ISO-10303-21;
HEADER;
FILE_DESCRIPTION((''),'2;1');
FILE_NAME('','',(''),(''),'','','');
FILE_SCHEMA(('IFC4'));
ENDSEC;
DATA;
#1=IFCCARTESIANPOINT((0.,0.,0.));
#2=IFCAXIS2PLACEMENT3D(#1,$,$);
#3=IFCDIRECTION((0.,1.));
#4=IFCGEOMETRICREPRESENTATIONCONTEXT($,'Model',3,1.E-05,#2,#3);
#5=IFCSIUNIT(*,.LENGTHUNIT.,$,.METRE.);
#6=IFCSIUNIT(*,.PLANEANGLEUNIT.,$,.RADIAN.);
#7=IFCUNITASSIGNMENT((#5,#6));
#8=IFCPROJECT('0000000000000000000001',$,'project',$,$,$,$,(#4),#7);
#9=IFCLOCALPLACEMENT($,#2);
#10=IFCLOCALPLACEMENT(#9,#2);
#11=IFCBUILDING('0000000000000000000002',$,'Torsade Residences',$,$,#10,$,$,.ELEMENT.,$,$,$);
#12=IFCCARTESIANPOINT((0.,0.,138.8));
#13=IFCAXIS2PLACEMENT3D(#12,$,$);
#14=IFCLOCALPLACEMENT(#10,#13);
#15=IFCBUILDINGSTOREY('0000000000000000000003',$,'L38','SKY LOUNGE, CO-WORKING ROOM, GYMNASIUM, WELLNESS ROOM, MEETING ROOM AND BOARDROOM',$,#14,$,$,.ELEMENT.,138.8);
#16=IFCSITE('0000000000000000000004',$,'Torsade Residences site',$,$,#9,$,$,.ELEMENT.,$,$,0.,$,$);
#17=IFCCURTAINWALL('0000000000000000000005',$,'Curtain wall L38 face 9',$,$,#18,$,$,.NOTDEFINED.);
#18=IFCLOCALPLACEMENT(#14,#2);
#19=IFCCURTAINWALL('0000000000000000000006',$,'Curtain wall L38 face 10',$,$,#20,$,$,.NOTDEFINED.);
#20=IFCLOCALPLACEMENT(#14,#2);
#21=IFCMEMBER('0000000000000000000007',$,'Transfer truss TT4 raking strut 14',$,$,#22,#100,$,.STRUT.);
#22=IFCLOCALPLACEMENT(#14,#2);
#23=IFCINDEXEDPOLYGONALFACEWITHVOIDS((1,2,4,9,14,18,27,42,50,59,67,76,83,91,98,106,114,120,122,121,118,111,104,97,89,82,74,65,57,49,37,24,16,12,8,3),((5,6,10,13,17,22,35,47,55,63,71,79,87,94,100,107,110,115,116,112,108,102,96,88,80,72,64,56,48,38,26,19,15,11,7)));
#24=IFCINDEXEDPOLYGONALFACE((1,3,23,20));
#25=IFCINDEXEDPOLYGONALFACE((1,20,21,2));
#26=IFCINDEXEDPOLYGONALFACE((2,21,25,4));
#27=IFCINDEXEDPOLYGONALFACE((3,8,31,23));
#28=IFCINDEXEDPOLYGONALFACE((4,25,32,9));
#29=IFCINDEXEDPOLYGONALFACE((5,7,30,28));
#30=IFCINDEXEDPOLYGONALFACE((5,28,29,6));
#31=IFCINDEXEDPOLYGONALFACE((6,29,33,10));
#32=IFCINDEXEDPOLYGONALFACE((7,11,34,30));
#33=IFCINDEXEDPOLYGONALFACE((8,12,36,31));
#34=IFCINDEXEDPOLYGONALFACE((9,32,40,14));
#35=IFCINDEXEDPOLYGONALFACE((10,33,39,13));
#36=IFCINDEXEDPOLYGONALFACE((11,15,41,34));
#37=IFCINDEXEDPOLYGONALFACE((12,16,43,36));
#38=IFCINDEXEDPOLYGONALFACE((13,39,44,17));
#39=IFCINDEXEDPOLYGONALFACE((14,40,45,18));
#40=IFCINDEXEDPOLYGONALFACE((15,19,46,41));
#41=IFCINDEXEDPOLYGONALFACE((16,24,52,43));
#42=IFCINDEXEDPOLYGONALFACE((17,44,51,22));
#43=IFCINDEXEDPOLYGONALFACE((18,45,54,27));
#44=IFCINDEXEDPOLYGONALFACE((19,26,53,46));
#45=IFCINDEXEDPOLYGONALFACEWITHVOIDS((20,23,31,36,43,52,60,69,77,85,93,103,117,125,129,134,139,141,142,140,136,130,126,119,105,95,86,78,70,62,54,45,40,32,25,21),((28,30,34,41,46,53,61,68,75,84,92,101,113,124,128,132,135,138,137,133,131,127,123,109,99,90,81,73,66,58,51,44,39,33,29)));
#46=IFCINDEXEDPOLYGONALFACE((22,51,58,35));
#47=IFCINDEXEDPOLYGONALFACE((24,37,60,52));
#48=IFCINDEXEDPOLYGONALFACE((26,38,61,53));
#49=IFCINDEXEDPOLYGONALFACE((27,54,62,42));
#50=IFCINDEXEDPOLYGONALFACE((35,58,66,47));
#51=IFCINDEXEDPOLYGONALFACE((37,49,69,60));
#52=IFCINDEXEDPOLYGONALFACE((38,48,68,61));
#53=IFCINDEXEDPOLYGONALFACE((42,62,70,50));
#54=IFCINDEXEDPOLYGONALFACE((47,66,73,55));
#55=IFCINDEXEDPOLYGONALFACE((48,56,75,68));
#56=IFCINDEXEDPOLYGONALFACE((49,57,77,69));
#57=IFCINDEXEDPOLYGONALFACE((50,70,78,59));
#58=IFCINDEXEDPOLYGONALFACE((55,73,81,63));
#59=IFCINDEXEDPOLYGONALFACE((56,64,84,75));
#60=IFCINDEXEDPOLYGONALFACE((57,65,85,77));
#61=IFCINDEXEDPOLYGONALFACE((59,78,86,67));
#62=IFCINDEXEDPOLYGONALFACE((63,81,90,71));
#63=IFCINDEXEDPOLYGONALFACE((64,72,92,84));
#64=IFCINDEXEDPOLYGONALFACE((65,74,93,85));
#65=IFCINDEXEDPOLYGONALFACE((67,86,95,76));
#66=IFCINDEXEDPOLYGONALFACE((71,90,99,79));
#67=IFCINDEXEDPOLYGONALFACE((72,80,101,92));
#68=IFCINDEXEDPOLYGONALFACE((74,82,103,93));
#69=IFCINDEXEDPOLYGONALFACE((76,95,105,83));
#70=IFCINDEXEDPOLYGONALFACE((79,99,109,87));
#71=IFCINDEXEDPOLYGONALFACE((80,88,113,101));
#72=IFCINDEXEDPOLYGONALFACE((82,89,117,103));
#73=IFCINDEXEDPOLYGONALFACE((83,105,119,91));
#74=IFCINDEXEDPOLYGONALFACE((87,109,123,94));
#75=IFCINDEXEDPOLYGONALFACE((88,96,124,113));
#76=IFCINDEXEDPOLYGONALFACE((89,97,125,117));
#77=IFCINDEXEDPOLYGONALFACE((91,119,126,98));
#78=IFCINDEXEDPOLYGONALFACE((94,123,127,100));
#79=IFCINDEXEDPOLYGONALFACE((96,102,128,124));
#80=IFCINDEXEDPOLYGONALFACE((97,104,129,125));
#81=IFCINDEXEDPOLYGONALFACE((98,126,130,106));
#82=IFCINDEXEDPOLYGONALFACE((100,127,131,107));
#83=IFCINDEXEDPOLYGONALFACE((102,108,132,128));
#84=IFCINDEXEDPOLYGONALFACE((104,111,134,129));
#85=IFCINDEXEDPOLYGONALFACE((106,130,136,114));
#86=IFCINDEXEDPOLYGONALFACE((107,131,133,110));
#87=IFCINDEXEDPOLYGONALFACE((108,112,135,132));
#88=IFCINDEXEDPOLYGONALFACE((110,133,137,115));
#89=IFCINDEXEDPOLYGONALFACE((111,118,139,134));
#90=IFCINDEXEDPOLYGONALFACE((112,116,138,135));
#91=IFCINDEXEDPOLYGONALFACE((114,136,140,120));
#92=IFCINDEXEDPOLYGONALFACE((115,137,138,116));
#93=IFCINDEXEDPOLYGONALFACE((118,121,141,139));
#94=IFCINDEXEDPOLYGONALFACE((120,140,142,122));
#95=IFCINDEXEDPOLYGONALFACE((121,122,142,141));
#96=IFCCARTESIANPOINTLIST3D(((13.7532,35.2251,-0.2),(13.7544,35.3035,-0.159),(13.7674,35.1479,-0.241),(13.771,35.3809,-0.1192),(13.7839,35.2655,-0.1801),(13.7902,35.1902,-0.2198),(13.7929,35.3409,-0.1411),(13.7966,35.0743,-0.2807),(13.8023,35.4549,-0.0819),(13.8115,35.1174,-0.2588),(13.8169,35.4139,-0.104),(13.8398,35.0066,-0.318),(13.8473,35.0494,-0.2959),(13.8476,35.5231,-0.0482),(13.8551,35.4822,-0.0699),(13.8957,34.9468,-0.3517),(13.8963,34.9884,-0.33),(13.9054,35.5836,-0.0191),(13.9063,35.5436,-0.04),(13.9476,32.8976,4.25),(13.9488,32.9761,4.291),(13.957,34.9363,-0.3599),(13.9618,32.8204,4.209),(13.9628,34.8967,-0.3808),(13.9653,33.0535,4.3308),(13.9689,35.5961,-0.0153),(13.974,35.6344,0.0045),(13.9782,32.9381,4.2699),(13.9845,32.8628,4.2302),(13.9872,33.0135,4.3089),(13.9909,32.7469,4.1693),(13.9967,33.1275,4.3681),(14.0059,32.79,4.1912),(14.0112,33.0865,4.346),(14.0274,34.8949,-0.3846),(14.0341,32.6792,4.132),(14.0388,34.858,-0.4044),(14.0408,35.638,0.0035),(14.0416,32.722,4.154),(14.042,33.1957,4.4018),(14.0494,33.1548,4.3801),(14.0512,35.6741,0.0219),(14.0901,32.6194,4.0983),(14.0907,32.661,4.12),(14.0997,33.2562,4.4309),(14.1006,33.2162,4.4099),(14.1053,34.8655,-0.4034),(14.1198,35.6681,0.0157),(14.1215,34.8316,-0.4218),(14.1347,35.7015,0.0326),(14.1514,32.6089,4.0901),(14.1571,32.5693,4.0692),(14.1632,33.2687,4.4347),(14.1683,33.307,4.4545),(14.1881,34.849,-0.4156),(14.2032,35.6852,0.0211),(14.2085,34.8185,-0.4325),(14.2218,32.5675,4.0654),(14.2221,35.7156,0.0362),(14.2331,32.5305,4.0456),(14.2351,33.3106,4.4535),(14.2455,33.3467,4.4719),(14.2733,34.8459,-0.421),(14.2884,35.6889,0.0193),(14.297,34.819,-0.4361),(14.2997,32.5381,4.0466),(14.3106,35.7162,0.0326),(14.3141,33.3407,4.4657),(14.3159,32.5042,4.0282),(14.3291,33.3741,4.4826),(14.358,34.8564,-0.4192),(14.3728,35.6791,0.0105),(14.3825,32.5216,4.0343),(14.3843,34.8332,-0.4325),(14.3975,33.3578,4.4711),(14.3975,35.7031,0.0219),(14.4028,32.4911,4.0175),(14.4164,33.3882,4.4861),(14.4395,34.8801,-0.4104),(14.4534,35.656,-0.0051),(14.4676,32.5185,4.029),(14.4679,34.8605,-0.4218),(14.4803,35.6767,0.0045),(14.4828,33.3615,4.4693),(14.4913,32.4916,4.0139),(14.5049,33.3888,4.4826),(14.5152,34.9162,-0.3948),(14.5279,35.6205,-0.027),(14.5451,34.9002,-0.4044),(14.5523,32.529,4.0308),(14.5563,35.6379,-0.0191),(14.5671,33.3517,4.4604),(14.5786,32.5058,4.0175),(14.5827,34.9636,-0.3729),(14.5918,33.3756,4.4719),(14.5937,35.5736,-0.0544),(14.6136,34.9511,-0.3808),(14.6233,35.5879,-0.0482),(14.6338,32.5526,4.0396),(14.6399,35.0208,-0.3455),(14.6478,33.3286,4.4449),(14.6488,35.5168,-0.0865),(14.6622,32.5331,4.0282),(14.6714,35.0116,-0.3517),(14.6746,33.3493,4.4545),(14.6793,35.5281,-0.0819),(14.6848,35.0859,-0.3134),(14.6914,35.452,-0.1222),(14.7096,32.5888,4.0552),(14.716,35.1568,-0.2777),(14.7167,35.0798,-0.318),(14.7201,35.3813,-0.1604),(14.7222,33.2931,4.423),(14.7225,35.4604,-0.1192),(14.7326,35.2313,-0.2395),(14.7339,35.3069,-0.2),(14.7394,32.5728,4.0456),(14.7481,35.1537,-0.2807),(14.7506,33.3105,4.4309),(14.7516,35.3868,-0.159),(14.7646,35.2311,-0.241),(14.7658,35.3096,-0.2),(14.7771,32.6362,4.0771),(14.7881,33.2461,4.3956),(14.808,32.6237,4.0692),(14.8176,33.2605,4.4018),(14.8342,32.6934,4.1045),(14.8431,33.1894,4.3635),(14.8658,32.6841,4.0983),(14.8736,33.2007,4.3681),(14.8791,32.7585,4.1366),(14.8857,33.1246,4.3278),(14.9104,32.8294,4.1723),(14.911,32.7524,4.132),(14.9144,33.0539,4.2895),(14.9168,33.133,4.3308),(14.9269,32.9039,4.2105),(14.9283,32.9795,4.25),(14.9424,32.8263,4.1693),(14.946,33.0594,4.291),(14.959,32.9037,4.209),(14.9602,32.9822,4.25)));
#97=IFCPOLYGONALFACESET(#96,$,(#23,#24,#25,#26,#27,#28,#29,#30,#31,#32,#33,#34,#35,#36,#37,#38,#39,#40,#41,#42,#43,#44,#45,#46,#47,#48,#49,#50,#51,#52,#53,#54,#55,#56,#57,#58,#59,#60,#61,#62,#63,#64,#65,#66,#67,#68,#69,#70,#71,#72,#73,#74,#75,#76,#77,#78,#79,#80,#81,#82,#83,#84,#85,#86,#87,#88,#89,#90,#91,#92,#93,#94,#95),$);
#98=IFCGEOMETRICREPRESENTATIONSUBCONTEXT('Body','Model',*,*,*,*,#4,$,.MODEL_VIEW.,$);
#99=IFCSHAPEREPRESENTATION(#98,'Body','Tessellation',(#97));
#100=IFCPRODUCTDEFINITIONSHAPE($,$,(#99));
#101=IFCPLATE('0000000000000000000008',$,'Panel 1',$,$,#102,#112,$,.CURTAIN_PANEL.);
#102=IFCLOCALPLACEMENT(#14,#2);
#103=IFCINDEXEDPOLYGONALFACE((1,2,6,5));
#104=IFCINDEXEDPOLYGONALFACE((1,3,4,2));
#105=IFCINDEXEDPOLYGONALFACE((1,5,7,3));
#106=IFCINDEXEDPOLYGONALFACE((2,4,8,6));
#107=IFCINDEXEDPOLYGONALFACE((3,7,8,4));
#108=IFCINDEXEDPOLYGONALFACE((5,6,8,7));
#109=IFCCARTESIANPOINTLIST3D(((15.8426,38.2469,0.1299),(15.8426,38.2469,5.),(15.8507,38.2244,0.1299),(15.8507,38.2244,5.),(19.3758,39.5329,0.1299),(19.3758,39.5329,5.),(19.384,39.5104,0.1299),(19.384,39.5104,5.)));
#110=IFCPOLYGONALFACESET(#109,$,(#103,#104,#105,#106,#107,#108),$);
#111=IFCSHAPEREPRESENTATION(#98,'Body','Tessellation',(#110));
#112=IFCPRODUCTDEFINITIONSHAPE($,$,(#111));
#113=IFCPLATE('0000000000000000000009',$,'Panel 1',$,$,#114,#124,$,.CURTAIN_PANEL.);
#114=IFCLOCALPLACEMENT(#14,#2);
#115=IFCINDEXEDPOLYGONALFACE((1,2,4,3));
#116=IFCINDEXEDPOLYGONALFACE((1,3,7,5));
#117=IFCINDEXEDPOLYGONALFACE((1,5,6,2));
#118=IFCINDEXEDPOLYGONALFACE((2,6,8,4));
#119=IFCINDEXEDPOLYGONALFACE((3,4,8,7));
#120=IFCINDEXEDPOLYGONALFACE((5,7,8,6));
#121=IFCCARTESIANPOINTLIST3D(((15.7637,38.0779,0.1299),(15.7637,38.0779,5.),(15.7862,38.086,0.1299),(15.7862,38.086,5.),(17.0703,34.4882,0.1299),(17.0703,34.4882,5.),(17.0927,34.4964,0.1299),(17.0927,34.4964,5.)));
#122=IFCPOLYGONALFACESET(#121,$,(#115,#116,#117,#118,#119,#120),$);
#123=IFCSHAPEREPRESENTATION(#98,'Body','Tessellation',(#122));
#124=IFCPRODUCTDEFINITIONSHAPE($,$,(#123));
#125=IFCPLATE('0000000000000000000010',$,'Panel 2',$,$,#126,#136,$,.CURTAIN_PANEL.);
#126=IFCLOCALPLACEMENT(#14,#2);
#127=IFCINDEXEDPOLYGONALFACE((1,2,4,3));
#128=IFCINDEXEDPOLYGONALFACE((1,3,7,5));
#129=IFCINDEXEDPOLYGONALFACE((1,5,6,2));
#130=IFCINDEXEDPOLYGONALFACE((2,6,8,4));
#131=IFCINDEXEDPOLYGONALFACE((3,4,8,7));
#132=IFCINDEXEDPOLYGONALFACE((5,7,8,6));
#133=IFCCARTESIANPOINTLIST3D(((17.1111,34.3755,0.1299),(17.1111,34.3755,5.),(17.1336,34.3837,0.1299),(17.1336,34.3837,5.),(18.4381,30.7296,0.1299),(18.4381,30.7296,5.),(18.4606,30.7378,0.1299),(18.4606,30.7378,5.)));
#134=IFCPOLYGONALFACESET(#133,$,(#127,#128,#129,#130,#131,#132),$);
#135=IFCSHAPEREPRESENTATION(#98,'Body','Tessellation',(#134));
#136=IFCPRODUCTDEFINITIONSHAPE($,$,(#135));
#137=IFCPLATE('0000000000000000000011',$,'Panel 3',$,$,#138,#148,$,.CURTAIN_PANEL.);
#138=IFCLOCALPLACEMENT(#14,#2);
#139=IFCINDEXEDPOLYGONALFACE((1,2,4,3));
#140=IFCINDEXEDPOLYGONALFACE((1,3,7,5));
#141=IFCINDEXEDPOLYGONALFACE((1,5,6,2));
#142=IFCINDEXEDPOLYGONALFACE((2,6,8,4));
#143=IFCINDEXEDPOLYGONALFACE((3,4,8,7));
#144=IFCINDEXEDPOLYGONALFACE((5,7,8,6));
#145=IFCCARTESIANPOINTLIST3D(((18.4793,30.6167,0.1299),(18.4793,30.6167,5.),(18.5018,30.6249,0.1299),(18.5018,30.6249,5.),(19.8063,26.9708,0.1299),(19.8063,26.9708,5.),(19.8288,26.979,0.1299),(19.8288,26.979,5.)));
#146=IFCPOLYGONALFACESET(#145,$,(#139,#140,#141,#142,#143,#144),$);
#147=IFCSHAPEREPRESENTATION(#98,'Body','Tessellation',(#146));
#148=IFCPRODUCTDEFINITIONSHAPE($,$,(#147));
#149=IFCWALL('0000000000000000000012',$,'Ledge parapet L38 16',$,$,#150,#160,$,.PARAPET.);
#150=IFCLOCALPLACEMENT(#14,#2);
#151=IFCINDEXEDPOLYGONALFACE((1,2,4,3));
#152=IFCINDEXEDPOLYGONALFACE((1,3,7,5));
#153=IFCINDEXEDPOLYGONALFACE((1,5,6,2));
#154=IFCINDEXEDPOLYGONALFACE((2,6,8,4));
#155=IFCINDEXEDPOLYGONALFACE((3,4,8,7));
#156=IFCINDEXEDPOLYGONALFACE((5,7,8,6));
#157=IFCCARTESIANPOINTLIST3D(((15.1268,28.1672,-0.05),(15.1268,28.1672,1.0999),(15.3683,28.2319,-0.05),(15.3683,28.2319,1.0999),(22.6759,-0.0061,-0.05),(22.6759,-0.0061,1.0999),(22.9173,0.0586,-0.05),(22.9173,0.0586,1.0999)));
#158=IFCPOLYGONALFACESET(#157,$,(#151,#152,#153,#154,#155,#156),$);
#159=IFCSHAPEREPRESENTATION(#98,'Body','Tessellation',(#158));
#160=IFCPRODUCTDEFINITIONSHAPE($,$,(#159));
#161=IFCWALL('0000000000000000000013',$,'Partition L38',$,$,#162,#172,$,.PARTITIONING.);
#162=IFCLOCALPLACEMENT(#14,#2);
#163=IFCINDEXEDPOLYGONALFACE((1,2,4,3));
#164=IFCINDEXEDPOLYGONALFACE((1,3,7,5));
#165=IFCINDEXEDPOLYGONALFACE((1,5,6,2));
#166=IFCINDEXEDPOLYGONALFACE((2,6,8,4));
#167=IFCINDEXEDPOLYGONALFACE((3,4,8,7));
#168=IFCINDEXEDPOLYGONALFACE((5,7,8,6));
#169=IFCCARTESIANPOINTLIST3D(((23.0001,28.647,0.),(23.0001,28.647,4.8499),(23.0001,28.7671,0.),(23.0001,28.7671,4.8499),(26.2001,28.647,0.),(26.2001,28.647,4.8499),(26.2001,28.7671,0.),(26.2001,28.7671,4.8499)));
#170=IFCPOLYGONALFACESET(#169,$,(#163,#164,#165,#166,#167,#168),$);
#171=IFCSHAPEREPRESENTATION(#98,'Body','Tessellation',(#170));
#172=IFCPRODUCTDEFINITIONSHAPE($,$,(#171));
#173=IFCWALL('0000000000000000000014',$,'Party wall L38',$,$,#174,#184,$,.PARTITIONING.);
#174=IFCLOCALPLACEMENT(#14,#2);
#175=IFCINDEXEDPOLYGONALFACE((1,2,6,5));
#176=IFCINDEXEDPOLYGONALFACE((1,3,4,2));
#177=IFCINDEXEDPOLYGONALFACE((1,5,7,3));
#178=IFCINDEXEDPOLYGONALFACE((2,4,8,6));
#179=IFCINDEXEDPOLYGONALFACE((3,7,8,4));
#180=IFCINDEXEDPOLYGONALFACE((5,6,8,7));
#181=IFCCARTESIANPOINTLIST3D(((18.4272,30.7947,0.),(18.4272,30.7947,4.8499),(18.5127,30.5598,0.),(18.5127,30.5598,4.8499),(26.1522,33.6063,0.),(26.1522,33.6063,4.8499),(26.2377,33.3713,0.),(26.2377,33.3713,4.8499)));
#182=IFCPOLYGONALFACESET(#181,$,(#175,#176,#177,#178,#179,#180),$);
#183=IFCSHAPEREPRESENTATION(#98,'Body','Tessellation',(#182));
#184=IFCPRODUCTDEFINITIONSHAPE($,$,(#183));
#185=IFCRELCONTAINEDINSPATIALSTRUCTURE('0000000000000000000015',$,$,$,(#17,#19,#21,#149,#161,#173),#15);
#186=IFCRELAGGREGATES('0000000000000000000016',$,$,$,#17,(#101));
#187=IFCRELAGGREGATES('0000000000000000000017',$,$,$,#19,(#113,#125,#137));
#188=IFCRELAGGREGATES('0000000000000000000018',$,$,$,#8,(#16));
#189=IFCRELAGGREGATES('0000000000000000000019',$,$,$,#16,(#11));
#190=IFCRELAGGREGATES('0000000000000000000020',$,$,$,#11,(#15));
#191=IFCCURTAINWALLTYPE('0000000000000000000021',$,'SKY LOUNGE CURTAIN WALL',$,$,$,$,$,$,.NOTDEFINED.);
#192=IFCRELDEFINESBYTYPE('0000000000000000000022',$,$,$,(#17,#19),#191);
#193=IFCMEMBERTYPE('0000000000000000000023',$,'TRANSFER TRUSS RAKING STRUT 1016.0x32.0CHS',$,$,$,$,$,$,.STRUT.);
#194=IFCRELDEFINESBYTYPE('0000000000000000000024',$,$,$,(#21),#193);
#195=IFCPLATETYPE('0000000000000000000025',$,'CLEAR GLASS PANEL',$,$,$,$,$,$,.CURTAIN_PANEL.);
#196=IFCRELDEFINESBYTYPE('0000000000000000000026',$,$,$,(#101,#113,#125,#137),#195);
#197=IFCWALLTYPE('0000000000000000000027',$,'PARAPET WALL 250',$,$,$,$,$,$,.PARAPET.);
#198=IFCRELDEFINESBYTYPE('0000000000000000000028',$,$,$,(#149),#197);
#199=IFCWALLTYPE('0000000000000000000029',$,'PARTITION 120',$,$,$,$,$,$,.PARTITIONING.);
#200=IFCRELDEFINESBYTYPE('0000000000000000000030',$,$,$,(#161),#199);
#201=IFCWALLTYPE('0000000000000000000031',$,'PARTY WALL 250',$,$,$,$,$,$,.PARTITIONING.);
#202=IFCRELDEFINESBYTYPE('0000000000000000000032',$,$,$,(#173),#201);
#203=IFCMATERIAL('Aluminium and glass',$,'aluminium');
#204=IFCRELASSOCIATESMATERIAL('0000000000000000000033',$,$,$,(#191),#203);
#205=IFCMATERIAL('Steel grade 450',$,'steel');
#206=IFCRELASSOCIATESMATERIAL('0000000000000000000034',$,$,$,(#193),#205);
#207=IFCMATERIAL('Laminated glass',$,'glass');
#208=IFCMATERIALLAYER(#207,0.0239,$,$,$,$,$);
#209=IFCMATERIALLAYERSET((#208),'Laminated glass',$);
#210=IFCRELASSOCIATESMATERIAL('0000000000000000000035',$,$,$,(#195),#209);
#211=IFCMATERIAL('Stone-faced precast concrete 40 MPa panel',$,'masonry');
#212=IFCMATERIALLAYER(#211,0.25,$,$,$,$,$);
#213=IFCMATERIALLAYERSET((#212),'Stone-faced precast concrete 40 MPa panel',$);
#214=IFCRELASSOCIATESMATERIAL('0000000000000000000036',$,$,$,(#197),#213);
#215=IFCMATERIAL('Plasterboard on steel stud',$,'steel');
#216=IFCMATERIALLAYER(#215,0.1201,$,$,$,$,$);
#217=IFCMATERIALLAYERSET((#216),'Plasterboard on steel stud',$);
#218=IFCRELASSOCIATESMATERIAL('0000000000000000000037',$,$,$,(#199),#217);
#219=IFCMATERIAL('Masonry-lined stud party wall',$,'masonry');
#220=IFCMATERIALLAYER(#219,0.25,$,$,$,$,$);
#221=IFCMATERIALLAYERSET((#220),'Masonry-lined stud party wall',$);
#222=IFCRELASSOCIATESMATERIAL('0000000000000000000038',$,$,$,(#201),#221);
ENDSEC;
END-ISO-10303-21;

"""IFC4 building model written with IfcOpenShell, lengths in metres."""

from ifc_helpers import new_model, si_unit, direction, frame, frame_2d, origin, origin_2d, place, context, subcontext, project, spatial, rectangle, hollow_circle, extrude, material, layer, layer_set, material_profile, profile_set, type_object, element, aggregate, save


model = new_model("IFC4")

# Units and contexts
model_context = context("Model", 3, precision=1e-05, world=origin(), true_north=direction((0.0, 1.0)))
body_context = subcontext(model_context, "Body", "Model", "MODEL_VIEW")
ifc_project = project(units=[si_unit("LENGTHUNIT", "METRE"), si_unit("PLANEANGLEUNIT", "RADIAN")], contexts=[model_context])

# Site, building, storey
site_placement = place(None, origin())
site = spatial("IfcSite", under=ifc_project, at=site_placement, Name="Torsade Residences site", CompositionType="ELEMENT", RefElevation=0.0)
building_placement = place(site_placement, origin())
building = spatial("IfcBuilding", under=site, at=building_placement, Name="Torsade Residences", CompositionType="ELEMENT")
storey_placement = place(building_placement, frame((0.0, 0.0, 138.8)))
storey = spatial("IfcBuildingStorey", under=building, at=storey_placement, Name="L38", Description="SKY LOUNGE, CO-WORKING ROOM, GYMNASIUM, WELLNESS ROOM, MEETING ROOM AND BOARDROOM", CompositionType="ELEMENT", Elevation=138.8)

# Curtain wall
ifc_material_1 = material(Name="Aluminium and glass", Category="aluminium")
curtain_wall_type = type_object("IfcCurtainWallType", Name="SKY LOUNGE CURTAIN WALL", PredefinedType="NOTDEFINED", material=ifc_material_1)
curtain_wall_1_placement = place(storey_placement, origin())
curtain_wall_1 = element("IfcCurtainWall", 1, at=curtain_wall_1_placement, inside=storey, type_object=curtain_wall_type, Name="Curtain wall L38 face 9", PredefinedType="NOTDEFINED")

# Curtain wall
curtain_wall_2_placement = place(storey_placement, origin())
curtain_wall_2 = element("IfcCurtainWall", 2, at=curtain_wall_2_placement, inside=storey, type_object=curtain_wall_type, Name="Curtain wall L38 face 10", PredefinedType="NOTDEFINED")

# Member
ifc_material_2 = material(Name="Steel grade 450", Category="steel")
ifc_material_profile_1 = material_profile(ifc_material_2, hollow_circle(Radius=0.5081, WallThickness=0.032, at=origin_2d()), Name="1016.0x32.0CHS")
ifc_profile_set_1 = profile_set([ifc_material_profile_1], Name="Steel grade 450")
member_type_1 = type_object("IfcMemberType", Name="TRANSFER TRUSS RAKING STRUT 1016.0x32.0CHS", PredefinedType="STRUT", material=ifc_profile_set_1)
member_1_placement = place(storey_placement, frame((14.2595, 35.2673, -0.2), z_axis=(0.038669, -0.463108, 0.885458), x_axis=(0.996532, 0.08321, 0.0)))
element("IfcMember", 3, at=member_1_placement, inside=storey, type_object=member_type_1, Name="Transfer truss TT4 raking strut 14", PredefinedType="STRUT", context=body_context, shape_type="SweptSolid", body=[
    extrude(hollow_circle(Radius=0.5081, WallThickness=0.032, at=origin_2d()), origin(), (0.0, 0.0, 1.0), 5.0256),
])

# Plates
ifc_material_3 = material(Name="Laminated glass", Category="glass")
ifc_layer_1 = layer(ifc_material_3, 0.0239)
ifc_layer_set_1 = layer_set([ifc_layer_1], Name="Laminated glass")
plate_type = type_object("IfcPlateType", Name="CLEAR GLASS PANEL", PredefinedType="CURTAIN_PANEL", material=ifc_layer_set_1)
plate_1_placement = place(storey_placement, frame((17.6133, 38.8787, 0.1299), z_axis=(0.0, 0.0, 1.0), x_axis=(-0.939693, -0.34202, 0.0)))
plate_1 = element("IfcPlate", 4, at=plate_1_placement, type_object=plate_type, Name="Panel 1", PredefinedType="CURTAIN_PANEL", context=body_context, shape_type="SweptSolid", body=[
    extrude(rectangle(XDim=3.76, YDim=0.0239, at=origin_2d()), origin(), (0.0, 0.0, 1.0), 4.8701),
])
aggregate(curtain_wall_1, [plate_1])
plate_2_placement = place(storey_placement, frame((16.4282, 36.2871, 0.1299), z_axis=(0.0, 0.0, 1.0), x_axis=(0.34202, -0.939693, 0.0)))
plate_2 = element("IfcPlate", 5, at=plate_2_placement, type_object=plate_type, Name="Panel 1", PredefinedType="CURTAIN_PANEL", context=body_context, shape_type="SweptSolid", body=[
    extrude(rectangle(XDim=3.8201, YDim=0.0239, at=origin_2d()), origin(), (0.0, 0.0, 1.0), 4.8701),
])
plate_3_placement = place(storey_placement, frame((17.7859, 32.5566, 0.1299), z_axis=(0.0, 0.0, 1.0), x_axis=(0.34202, -0.939693, 0.0)))
plate_3 = element("IfcPlate", 6, at=plate_3_placement, type_object=plate_type, Name="Panel 2", PredefinedType="CURTAIN_PANEL", context=body_context, shape_type="SweptSolid", body=[
    extrude(rectangle(XDim=3.8799, YDim=0.0239, at=origin_2d()), origin(), (0.0, 0.0, 1.0), 4.8701),
])
plate_4_placement = place(storey_placement, frame((19.1541, 28.7979, 0.1299), z_axis=(0.0, 0.0, 1.0), x_axis=(0.34202, -0.939693, 0.0)))
plate_4 = element("IfcPlate", 7, at=plate_4_placement, type_object=plate_type, Name="Panel 3", PredefinedType="CURTAIN_PANEL", context=body_context, shape_type="SweptSolid", body=[
    extrude(rectangle(XDim=3.8799, YDim=0.0239, at=origin_2d()), origin(), (0.0, 0.0, 1.0), 4.8701),
])
aggregate(curtain_wall_2, [plate_2, plate_3, plate_4])

# Walls
ifc_material_4 = material(Name="Stone-faced precast concrete 40 MPa panel", Category="masonry")
ifc_layer_2 = layer(ifc_material_4, 0.25)
ifc_layer_set_2 = layer_set([ifc_layer_2], Name="Stone-faced precast concrete 40 MPa panel")
wall_type_1 = type_object("IfcWallType", Name="PARAPET WALL 250", PredefinedType="PARAPET", material=ifc_layer_set_2)
wall_1_placement = place(storey_placement, frame((15.2476, 28.1995, -0.05), z_axis=(0.0, 0.0, 1.0), x_axis=(0.258821, -0.965925, 0.0)))
element("IfcWall", 8, at=wall_1_placement, inside=storey, type_object=wall_type_1, Name="Ledge parapet L38 16", PredefinedType="PARAPET", context=body_context, shape_type="SweptSolid", body=[
    extrude(rectangle(XDim=29.1672, YDim=0.25, at=frame_2d((14.5835, 0.0))), origin(), (0.0, 0.0, 1.0), 1.1499),
])
ifc_material_5 = material(Name="Plasterboard on steel stud", Category="steel")
ifc_layer_3 = layer(ifc_material_5, 0.1201)
ifc_layer_set_3 = layer_set([ifc_layer_3], Name="Plasterboard on steel stud")
wall_type_2 = type_object("IfcWallType", Name="PARTITION 120", PredefinedType="PARTITIONING", material=ifc_layer_set_3)
wall_2_placement = place(storey_placement, frame((23.0, 28.707, 0.0), z_axis=(0.0, 0.0, 1.0), x_axis=(1.0, 0.0, 0.0)))
element("IfcWall", 9, at=wall_2_placement, inside=storey, type_object=wall_type_2, Name="Partition L38", PredefinedType="PARTITIONING", context=body_context, shape_type="SweptSolid", body=[
    extrude(rectangle(XDim=3.2, YDim=0.1201, at=frame_2d((1.6001, 0.0))), origin(), (0.0, 0.0, 1.0), 4.8499),
])
ifc_material_6 = material(Name="Masonry-lined stud party wall", Category="masonry")
ifc_layer_4 = layer(ifc_material_6, 0.25)
ifc_layer_set_4 = layer_set([ifc_layer_4], Name="Masonry-lined stud party wall")
wall_type_3 = type_object("IfcWallType", Name="PARTY WALL 250", PredefinedType="PARTITIONING", material=ifc_layer_set_4)
wall_3_placement = place(storey_placement, frame((18.47, 30.6772, 0.0), z_axis=(0.0, 0.0, 1.0), x_axis=(0.939696, 0.34201, 0.0)))
element("IfcWall", 10, at=wall_3_placement, inside=storey, type_object=wall_type_3, Name="Party wall L38", PredefinedType="PARTITIONING", context=body_context, shape_type="SweptSolid", body=[
    extrude(rectangle(XDim=8.2207, YDim=0.25, at=frame_2d((4.1104, 0.0))), origin(), (0.0, 0.0, 1.0), 4.8499),
])

save(model, "model.ifc")
